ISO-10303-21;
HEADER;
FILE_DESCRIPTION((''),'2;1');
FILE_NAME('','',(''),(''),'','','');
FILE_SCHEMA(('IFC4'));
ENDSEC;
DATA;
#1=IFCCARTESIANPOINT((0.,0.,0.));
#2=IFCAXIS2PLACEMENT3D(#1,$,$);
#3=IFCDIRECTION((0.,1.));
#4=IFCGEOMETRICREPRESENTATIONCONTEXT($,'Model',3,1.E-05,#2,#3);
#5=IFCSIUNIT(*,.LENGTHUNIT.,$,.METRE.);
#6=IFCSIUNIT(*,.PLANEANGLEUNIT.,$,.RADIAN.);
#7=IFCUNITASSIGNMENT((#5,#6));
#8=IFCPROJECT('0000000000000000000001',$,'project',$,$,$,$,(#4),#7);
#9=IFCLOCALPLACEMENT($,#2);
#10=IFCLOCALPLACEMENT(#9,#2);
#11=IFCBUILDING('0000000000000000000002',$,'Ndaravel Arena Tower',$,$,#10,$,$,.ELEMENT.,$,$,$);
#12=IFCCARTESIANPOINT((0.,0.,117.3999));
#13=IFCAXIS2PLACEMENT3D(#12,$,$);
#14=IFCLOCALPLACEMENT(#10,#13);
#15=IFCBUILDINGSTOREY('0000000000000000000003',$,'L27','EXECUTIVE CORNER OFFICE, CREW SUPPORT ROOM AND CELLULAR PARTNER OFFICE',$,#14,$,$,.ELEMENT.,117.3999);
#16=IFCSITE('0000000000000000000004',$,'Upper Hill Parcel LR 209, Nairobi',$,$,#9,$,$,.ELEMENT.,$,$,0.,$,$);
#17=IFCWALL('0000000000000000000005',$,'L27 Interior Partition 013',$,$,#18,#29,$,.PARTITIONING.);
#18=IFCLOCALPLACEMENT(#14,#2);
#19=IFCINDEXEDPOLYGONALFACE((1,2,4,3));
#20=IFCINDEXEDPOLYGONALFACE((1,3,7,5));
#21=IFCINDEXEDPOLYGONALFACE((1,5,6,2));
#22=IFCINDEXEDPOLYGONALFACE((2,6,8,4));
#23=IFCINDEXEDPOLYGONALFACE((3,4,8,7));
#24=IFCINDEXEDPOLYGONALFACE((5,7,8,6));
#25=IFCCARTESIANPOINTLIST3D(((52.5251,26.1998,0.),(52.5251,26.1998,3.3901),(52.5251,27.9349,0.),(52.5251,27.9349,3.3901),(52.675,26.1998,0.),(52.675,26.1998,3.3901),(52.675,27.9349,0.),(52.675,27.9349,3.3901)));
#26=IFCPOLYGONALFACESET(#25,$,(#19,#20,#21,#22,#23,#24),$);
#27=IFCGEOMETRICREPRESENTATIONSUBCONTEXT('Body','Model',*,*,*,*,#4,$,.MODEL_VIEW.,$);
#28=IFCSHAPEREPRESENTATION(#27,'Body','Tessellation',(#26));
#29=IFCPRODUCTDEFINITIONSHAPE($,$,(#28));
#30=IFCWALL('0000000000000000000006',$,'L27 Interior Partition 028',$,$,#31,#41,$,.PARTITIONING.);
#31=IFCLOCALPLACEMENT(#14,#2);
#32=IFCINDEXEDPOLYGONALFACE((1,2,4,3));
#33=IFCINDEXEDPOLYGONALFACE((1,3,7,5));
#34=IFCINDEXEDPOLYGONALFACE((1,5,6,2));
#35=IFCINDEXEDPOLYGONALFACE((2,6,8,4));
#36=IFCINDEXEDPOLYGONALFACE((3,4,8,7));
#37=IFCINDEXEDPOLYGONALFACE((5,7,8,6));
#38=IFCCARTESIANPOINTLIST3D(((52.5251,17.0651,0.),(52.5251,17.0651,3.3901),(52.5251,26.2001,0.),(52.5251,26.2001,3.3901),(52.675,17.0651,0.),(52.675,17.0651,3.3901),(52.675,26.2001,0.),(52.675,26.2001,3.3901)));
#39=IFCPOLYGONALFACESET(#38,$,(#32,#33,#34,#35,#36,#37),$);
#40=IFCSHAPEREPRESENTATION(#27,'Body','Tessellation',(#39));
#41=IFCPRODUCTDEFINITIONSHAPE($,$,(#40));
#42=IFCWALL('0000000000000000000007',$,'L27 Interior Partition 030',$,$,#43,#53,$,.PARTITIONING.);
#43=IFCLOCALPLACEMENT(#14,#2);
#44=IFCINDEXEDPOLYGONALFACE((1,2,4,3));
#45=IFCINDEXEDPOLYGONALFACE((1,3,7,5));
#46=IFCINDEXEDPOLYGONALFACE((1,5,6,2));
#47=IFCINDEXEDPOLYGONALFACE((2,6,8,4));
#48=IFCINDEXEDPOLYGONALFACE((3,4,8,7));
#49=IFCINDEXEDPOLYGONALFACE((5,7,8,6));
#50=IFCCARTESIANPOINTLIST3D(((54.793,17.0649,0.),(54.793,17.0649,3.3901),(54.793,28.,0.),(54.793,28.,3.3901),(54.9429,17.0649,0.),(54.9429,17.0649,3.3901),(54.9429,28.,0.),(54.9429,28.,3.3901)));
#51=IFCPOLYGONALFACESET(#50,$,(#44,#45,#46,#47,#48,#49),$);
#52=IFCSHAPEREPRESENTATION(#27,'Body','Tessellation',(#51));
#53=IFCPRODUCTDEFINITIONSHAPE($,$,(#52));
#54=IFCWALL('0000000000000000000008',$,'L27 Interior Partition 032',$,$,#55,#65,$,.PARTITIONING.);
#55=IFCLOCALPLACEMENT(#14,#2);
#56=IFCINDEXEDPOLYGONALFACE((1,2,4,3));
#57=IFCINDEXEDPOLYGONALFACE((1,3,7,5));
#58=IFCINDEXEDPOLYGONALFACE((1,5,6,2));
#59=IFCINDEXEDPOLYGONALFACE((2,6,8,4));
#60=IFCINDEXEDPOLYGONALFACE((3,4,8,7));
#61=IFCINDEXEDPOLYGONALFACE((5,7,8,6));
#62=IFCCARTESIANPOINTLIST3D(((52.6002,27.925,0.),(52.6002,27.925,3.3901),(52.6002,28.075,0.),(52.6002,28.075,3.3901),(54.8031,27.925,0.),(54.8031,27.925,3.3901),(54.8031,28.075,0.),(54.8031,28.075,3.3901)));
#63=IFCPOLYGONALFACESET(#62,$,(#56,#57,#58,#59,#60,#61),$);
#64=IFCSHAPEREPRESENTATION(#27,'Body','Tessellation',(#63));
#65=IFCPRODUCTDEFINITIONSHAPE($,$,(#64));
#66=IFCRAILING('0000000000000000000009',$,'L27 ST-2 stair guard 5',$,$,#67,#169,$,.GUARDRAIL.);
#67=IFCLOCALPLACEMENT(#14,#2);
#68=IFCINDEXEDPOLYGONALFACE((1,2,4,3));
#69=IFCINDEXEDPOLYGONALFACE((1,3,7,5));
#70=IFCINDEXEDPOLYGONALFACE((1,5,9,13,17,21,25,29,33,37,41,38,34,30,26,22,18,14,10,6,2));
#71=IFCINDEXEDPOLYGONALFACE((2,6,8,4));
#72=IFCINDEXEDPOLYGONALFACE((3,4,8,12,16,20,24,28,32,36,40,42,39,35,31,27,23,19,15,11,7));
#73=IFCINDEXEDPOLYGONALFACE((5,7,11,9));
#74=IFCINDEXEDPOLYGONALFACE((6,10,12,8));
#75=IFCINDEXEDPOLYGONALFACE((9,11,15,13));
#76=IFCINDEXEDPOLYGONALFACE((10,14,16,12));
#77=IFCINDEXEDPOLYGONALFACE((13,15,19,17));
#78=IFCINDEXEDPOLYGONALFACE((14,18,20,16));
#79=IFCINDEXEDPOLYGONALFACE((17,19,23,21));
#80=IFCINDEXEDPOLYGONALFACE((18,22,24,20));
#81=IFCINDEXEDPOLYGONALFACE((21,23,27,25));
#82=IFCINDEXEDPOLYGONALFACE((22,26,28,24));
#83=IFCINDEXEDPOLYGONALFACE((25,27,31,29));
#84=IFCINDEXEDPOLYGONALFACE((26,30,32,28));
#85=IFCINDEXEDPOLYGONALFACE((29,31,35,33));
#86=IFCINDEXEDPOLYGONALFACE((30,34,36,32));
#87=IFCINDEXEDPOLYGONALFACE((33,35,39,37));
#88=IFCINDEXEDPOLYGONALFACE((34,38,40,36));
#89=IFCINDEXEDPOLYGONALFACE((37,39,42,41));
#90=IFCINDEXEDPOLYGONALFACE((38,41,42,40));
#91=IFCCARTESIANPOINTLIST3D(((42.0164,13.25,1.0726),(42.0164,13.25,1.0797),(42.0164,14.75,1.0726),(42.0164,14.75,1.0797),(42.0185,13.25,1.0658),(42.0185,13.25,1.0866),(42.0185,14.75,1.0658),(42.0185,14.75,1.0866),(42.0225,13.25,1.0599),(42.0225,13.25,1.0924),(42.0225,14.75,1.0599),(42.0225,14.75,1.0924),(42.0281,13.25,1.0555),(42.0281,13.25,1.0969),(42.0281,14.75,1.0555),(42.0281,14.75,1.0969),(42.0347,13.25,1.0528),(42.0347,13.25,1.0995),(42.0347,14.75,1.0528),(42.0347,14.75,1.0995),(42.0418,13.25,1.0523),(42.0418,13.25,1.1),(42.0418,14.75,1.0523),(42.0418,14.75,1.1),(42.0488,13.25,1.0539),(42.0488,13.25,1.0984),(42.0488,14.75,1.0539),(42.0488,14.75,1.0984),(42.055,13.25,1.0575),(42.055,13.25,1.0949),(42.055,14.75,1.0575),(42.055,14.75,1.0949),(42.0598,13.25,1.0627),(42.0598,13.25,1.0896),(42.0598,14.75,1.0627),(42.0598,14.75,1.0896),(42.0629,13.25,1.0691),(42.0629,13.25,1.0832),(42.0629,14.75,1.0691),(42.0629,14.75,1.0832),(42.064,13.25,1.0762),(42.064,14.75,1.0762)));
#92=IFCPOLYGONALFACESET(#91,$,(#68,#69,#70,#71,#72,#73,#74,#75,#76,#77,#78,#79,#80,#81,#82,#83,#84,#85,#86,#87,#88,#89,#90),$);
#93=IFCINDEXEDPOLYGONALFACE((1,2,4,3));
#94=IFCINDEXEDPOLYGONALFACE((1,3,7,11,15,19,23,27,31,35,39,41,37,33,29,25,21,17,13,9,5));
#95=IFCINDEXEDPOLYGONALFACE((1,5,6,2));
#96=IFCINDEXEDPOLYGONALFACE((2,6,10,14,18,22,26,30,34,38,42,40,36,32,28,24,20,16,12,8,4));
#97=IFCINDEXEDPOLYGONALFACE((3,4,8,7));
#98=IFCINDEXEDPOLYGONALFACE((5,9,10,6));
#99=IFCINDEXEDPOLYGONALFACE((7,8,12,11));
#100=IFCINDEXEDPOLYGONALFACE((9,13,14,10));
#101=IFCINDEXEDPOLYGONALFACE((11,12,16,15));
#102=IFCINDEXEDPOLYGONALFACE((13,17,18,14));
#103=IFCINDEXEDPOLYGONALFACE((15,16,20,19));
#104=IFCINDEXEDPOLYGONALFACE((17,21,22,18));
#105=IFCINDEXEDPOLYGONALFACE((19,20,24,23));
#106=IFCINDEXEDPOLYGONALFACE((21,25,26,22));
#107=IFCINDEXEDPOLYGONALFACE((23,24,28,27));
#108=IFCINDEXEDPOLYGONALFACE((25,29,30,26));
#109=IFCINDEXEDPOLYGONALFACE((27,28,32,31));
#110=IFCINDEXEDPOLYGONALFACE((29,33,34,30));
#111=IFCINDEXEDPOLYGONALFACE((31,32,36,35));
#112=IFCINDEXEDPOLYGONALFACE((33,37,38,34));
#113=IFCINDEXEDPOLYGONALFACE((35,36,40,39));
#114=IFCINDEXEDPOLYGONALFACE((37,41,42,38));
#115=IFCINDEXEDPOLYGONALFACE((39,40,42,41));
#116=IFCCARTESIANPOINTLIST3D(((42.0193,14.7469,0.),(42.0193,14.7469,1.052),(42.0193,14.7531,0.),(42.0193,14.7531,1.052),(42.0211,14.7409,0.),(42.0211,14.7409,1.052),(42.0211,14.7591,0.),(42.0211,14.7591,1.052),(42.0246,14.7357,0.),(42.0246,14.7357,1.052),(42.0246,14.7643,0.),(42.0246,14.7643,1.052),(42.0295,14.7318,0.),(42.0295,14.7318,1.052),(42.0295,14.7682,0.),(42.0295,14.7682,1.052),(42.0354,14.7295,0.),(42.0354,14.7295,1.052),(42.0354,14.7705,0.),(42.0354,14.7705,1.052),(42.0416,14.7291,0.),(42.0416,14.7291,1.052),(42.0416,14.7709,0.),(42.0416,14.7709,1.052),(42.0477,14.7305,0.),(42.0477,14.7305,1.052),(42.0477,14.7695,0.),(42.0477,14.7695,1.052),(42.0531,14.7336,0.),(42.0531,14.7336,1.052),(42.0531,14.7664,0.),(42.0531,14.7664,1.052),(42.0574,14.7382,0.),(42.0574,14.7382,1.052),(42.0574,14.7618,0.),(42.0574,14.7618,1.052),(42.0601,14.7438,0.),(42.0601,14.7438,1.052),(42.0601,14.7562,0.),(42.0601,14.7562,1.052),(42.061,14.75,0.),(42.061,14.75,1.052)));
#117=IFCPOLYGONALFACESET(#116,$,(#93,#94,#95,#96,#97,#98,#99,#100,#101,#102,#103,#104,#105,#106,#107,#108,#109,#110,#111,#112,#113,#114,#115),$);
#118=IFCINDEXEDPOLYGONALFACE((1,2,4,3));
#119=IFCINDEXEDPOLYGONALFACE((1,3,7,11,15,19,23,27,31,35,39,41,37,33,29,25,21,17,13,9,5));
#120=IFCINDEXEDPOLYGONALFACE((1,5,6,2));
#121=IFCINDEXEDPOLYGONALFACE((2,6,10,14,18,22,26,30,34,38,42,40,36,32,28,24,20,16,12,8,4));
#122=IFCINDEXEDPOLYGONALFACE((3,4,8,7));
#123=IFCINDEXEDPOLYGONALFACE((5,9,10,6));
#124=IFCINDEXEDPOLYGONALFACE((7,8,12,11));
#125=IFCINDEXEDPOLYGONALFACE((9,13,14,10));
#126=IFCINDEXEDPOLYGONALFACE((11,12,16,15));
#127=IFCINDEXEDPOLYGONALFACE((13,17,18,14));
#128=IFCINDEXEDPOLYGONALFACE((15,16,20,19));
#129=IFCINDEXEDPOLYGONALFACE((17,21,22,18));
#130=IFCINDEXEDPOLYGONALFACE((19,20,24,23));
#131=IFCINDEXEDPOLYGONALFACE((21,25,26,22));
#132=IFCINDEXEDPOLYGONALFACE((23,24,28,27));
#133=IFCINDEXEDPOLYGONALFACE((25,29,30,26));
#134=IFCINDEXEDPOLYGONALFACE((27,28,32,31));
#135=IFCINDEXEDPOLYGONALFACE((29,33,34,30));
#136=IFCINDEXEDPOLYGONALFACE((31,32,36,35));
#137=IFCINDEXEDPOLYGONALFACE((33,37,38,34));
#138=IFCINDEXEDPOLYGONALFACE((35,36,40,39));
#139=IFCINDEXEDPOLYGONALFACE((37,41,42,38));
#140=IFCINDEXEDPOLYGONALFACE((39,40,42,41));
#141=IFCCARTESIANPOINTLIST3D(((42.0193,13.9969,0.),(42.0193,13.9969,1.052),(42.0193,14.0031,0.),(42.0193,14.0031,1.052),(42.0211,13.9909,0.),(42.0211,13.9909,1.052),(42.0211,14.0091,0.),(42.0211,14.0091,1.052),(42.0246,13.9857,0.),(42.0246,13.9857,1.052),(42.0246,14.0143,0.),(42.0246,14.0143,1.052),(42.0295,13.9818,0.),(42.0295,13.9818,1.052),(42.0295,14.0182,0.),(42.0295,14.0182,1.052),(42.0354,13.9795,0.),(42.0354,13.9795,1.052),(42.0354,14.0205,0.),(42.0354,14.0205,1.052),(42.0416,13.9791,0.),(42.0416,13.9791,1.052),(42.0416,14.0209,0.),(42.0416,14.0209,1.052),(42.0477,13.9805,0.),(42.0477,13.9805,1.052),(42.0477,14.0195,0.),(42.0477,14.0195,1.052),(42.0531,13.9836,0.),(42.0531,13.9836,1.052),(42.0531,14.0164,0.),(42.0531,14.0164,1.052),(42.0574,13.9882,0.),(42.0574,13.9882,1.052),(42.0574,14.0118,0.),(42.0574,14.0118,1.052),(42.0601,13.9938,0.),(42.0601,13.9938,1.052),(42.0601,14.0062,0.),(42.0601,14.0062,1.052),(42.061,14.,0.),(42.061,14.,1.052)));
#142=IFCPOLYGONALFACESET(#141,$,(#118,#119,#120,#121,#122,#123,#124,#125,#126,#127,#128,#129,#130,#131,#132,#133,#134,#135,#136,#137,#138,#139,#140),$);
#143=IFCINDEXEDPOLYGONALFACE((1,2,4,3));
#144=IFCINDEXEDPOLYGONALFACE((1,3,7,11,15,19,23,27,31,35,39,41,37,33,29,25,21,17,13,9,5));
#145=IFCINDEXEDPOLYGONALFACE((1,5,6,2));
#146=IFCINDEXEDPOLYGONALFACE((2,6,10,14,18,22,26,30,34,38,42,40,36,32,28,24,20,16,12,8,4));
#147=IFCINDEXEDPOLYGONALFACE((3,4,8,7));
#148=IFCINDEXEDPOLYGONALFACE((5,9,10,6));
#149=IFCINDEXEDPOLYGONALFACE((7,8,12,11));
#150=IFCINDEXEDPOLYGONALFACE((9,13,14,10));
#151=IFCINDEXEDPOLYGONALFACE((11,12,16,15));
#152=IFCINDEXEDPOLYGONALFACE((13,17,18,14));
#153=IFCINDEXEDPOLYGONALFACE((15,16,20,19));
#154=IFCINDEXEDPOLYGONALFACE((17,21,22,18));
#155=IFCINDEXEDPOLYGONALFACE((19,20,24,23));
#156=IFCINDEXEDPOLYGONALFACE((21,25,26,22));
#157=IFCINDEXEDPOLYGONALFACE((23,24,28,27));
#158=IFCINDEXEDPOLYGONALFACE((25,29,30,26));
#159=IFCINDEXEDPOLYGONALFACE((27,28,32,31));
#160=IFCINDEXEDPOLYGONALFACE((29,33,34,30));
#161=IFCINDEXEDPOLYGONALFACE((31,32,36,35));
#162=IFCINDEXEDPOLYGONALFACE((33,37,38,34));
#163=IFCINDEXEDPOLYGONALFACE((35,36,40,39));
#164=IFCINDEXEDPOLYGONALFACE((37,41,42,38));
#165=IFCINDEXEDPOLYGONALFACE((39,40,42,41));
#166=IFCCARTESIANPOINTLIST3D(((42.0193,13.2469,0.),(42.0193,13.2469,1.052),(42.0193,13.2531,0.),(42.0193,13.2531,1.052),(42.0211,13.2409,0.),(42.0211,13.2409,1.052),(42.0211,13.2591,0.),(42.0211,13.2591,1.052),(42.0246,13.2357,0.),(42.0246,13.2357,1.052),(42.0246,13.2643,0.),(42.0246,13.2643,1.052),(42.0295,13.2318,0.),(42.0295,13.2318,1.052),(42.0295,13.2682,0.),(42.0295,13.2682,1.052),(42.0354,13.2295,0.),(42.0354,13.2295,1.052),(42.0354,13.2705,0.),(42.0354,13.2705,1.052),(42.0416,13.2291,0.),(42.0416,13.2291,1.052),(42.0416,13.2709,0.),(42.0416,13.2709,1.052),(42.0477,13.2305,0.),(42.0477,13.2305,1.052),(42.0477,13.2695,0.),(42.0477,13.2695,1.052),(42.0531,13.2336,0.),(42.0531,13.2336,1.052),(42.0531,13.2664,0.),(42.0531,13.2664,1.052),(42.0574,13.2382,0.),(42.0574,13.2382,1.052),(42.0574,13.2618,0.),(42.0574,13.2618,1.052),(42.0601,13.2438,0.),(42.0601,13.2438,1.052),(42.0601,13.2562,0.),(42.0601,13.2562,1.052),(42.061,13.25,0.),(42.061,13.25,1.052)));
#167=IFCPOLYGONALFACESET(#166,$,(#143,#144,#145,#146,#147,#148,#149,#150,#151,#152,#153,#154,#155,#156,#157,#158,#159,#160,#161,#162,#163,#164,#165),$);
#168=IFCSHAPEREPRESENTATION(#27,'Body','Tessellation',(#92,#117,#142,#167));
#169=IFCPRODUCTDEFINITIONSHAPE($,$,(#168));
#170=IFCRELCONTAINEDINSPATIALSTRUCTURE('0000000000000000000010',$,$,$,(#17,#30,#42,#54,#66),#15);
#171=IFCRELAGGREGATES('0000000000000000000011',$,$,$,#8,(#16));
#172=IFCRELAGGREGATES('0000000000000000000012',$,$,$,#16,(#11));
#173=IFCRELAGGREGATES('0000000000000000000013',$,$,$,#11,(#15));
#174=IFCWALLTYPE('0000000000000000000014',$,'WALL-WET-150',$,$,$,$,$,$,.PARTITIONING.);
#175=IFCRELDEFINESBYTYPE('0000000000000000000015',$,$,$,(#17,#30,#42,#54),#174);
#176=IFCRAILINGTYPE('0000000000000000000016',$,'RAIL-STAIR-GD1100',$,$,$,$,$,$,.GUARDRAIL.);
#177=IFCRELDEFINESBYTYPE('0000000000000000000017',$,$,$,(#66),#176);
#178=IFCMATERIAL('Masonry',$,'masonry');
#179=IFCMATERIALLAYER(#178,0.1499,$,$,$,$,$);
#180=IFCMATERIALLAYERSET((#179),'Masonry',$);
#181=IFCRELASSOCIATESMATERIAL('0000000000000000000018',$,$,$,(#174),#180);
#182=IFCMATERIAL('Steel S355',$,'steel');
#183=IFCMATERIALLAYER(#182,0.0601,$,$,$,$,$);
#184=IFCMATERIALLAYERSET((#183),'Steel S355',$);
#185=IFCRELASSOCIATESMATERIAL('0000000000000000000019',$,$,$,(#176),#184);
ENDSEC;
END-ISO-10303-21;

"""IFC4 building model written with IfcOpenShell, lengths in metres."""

from ifc_helpers import new_model, si_unit, direction, frame, frame_2d, origin, origin_2d, place, context, subcontext, project, spatial, rectangle, circle, extrude, material, layer, layer_set, type_object, element, save


model = new_model("IFC4")

# Units and contexts
model_context = context("Model", 3, precision=1e-05, world=origin(), true_north=direction((0.0, 1.0)))
body_context = subcontext(model_context, "Body", "Model", "MODEL_VIEW")
ifc_project = project(units=[si_unit("LENGTHUNIT", "METRE"), si_unit("PLANEANGLEUNIT", "RADIAN")], contexts=[model_context])

# Site, building, storey
site_placement = place(None, origin())
site = spatial("IfcSite", under=ifc_project, at=site_placement, Name="Upper Hill Parcel LR 209, Nairobi", CompositionType="ELEMENT", RefElevation=0.0)
building_placement = place(site_placement, origin())
building = spatial("IfcBuilding", under=site, at=building_placement, Name="Ndaravel Arena Tower", CompositionType="ELEMENT")
storey_placement = place(building_placement, frame((0.0, 0.0, 117.3999)))
storey = spatial("IfcBuildingStorey", under=building, at=storey_placement, Name="L27", Description="EXECUTIVE CORNER OFFICE, CREW SUPPORT ROOM AND CELLULAR PARTNER OFFICE", CompositionType="ELEMENT", Elevation=117.3999)

# Wall
ifc_material_1 = material(Name="Masonry", Category="masonry")
ifc_layer_1 = layer(ifc_material_1, 0.1499)
ifc_layer_set_1 = layer_set([ifc_layer_1], Name="Masonry")
wall_type_1 = type_object("IfcWallType", Name="WALL-WET-150", PredefinedType="PARTITIONING", material=ifc_layer_set_1)
wall_1_placement = place(storey_placement, frame((52.6001, 27.9351, 0.0), z_axis=(0.0, 0.0, 1.0), x_axis=(0.0, -1.0, 0.0)))
element("IfcWall", 1, at=wall_1_placement, inside=storey, type_object=wall_type_1, Name="L27 Interior Partition 013", PredefinedType="PARTITIONING", context=body_context, shape_type="SweptSolid", body=[
    extrude(rectangle(XDim=1.7351, YDim=0.1499, at=frame_2d((0.8677, 0.0))), origin(), (0.0, 0.0, 1.0), 3.3901),
])

# Walls
wall_2_placement = place(storey_placement, frame((52.6001, 26.2, 0.0), z_axis=(0.0, 0.0, 1.0), x_axis=(0.0, -1.0, 0.0)))
element("IfcWall", 2, at=wall_2_placement, inside=storey, type_object=wall_type_1, Name="L27 Interior Partition 028", PredefinedType="PARTITIONING", context=body_context, shape_type="SweptSolid", body=[
    extrude(rectangle(XDim=9.135, YDim=0.1499, at=frame_2d((4.5674, 0.0))), origin(), (0.0, 0.0, 1.0), 3.3901),
])
wall_3_placement = place(storey_placement, frame((54.8679, 17.0649, 0.0), z_axis=(0.0, 0.0, 1.0), x_axis=(0.0, 1.0, 0.0)))
element("IfcWall", 3, at=wall_3_placement, inside=storey, type_object=wall_type_1, Name="L27 Interior Partition 030", PredefinedType="PARTITIONING", context=body_context, shape_type="SweptSolid", body=[
    extrude(rectangle(XDim=10.9351, YDim=0.1499, at=frame_2d((5.4675, 0.0))), origin(), (0.0, 0.0, 1.0), 3.3901),
])
wall_4_placement = place(storey_placement, frame((52.6001, 28.0, 0.0), z_axis=(0.0, 0.0, 1.0), x_axis=(1.0, 0.0, 0.0)))
element("IfcWall", 4, at=wall_4_placement, inside=storey, type_object=wall_type_1, Name="L27 Interior Partition 032", PredefinedType="PARTITIONING", context=body_context, shape_type="SweptSolid", body=[
    extrude(rectangle(XDim=2.2029, YDim=0.1499, at=frame_2d((1.1016, 0.0))), origin(), (0.0, 0.0, 1.0), 3.3901),
])

# Railing
ifc_material_2 = material(Name="Steel S355", Category="steel")
ifc_layer_2 = layer(ifc_material_2, 0.0601)
ifc_layer_set_2 = layer_set([ifc_layer_2], Name="Steel S355")
railing_type = type_object("IfcRailingType", Name="RAIL-STAIR-GD1100", PredefinedType="GUARDRAIL", material=ifc_layer_set_2)
for number, where, name in (
    (5, (42.04, 14.75, 0.0), "L27 ST-2 stair guard 5"),
):
    element("IfcRailing", number, at=place(storey_placement, frame(where)), inside=storey, type_object=railing_type, Name=name, PredefinedType="GUARDRAIL", context=body_context, shape_type="SweptSolid", body=[
        extrude(circle(Radius=0.0239, at=origin_2d()), frame((0.0, 0.0, 1.0762), z_axis=(0.0, -1.0, 0.0), x_axis=(1.0, 0.0, 0.0)), (0.0, 0.0, 1.0), 1.5),
        extrude(circle(Radius=0.021, at=origin_2d()), origin(), (0.0, 0.0, 1.0), 1.052),
        extrude(circle(Radius=0.021, at=origin_2d()), frame((0.0, -0.75, 0.0)), (0.0, 0.0, 1.0), 1.052),
        extrude(circle(Radius=0.021, at=origin_2d()), frame((0.0, -1.5, 0.0)), (0.0, 0.0, 1.0), 1.052),
    ])

save(model, "model.ifc")
